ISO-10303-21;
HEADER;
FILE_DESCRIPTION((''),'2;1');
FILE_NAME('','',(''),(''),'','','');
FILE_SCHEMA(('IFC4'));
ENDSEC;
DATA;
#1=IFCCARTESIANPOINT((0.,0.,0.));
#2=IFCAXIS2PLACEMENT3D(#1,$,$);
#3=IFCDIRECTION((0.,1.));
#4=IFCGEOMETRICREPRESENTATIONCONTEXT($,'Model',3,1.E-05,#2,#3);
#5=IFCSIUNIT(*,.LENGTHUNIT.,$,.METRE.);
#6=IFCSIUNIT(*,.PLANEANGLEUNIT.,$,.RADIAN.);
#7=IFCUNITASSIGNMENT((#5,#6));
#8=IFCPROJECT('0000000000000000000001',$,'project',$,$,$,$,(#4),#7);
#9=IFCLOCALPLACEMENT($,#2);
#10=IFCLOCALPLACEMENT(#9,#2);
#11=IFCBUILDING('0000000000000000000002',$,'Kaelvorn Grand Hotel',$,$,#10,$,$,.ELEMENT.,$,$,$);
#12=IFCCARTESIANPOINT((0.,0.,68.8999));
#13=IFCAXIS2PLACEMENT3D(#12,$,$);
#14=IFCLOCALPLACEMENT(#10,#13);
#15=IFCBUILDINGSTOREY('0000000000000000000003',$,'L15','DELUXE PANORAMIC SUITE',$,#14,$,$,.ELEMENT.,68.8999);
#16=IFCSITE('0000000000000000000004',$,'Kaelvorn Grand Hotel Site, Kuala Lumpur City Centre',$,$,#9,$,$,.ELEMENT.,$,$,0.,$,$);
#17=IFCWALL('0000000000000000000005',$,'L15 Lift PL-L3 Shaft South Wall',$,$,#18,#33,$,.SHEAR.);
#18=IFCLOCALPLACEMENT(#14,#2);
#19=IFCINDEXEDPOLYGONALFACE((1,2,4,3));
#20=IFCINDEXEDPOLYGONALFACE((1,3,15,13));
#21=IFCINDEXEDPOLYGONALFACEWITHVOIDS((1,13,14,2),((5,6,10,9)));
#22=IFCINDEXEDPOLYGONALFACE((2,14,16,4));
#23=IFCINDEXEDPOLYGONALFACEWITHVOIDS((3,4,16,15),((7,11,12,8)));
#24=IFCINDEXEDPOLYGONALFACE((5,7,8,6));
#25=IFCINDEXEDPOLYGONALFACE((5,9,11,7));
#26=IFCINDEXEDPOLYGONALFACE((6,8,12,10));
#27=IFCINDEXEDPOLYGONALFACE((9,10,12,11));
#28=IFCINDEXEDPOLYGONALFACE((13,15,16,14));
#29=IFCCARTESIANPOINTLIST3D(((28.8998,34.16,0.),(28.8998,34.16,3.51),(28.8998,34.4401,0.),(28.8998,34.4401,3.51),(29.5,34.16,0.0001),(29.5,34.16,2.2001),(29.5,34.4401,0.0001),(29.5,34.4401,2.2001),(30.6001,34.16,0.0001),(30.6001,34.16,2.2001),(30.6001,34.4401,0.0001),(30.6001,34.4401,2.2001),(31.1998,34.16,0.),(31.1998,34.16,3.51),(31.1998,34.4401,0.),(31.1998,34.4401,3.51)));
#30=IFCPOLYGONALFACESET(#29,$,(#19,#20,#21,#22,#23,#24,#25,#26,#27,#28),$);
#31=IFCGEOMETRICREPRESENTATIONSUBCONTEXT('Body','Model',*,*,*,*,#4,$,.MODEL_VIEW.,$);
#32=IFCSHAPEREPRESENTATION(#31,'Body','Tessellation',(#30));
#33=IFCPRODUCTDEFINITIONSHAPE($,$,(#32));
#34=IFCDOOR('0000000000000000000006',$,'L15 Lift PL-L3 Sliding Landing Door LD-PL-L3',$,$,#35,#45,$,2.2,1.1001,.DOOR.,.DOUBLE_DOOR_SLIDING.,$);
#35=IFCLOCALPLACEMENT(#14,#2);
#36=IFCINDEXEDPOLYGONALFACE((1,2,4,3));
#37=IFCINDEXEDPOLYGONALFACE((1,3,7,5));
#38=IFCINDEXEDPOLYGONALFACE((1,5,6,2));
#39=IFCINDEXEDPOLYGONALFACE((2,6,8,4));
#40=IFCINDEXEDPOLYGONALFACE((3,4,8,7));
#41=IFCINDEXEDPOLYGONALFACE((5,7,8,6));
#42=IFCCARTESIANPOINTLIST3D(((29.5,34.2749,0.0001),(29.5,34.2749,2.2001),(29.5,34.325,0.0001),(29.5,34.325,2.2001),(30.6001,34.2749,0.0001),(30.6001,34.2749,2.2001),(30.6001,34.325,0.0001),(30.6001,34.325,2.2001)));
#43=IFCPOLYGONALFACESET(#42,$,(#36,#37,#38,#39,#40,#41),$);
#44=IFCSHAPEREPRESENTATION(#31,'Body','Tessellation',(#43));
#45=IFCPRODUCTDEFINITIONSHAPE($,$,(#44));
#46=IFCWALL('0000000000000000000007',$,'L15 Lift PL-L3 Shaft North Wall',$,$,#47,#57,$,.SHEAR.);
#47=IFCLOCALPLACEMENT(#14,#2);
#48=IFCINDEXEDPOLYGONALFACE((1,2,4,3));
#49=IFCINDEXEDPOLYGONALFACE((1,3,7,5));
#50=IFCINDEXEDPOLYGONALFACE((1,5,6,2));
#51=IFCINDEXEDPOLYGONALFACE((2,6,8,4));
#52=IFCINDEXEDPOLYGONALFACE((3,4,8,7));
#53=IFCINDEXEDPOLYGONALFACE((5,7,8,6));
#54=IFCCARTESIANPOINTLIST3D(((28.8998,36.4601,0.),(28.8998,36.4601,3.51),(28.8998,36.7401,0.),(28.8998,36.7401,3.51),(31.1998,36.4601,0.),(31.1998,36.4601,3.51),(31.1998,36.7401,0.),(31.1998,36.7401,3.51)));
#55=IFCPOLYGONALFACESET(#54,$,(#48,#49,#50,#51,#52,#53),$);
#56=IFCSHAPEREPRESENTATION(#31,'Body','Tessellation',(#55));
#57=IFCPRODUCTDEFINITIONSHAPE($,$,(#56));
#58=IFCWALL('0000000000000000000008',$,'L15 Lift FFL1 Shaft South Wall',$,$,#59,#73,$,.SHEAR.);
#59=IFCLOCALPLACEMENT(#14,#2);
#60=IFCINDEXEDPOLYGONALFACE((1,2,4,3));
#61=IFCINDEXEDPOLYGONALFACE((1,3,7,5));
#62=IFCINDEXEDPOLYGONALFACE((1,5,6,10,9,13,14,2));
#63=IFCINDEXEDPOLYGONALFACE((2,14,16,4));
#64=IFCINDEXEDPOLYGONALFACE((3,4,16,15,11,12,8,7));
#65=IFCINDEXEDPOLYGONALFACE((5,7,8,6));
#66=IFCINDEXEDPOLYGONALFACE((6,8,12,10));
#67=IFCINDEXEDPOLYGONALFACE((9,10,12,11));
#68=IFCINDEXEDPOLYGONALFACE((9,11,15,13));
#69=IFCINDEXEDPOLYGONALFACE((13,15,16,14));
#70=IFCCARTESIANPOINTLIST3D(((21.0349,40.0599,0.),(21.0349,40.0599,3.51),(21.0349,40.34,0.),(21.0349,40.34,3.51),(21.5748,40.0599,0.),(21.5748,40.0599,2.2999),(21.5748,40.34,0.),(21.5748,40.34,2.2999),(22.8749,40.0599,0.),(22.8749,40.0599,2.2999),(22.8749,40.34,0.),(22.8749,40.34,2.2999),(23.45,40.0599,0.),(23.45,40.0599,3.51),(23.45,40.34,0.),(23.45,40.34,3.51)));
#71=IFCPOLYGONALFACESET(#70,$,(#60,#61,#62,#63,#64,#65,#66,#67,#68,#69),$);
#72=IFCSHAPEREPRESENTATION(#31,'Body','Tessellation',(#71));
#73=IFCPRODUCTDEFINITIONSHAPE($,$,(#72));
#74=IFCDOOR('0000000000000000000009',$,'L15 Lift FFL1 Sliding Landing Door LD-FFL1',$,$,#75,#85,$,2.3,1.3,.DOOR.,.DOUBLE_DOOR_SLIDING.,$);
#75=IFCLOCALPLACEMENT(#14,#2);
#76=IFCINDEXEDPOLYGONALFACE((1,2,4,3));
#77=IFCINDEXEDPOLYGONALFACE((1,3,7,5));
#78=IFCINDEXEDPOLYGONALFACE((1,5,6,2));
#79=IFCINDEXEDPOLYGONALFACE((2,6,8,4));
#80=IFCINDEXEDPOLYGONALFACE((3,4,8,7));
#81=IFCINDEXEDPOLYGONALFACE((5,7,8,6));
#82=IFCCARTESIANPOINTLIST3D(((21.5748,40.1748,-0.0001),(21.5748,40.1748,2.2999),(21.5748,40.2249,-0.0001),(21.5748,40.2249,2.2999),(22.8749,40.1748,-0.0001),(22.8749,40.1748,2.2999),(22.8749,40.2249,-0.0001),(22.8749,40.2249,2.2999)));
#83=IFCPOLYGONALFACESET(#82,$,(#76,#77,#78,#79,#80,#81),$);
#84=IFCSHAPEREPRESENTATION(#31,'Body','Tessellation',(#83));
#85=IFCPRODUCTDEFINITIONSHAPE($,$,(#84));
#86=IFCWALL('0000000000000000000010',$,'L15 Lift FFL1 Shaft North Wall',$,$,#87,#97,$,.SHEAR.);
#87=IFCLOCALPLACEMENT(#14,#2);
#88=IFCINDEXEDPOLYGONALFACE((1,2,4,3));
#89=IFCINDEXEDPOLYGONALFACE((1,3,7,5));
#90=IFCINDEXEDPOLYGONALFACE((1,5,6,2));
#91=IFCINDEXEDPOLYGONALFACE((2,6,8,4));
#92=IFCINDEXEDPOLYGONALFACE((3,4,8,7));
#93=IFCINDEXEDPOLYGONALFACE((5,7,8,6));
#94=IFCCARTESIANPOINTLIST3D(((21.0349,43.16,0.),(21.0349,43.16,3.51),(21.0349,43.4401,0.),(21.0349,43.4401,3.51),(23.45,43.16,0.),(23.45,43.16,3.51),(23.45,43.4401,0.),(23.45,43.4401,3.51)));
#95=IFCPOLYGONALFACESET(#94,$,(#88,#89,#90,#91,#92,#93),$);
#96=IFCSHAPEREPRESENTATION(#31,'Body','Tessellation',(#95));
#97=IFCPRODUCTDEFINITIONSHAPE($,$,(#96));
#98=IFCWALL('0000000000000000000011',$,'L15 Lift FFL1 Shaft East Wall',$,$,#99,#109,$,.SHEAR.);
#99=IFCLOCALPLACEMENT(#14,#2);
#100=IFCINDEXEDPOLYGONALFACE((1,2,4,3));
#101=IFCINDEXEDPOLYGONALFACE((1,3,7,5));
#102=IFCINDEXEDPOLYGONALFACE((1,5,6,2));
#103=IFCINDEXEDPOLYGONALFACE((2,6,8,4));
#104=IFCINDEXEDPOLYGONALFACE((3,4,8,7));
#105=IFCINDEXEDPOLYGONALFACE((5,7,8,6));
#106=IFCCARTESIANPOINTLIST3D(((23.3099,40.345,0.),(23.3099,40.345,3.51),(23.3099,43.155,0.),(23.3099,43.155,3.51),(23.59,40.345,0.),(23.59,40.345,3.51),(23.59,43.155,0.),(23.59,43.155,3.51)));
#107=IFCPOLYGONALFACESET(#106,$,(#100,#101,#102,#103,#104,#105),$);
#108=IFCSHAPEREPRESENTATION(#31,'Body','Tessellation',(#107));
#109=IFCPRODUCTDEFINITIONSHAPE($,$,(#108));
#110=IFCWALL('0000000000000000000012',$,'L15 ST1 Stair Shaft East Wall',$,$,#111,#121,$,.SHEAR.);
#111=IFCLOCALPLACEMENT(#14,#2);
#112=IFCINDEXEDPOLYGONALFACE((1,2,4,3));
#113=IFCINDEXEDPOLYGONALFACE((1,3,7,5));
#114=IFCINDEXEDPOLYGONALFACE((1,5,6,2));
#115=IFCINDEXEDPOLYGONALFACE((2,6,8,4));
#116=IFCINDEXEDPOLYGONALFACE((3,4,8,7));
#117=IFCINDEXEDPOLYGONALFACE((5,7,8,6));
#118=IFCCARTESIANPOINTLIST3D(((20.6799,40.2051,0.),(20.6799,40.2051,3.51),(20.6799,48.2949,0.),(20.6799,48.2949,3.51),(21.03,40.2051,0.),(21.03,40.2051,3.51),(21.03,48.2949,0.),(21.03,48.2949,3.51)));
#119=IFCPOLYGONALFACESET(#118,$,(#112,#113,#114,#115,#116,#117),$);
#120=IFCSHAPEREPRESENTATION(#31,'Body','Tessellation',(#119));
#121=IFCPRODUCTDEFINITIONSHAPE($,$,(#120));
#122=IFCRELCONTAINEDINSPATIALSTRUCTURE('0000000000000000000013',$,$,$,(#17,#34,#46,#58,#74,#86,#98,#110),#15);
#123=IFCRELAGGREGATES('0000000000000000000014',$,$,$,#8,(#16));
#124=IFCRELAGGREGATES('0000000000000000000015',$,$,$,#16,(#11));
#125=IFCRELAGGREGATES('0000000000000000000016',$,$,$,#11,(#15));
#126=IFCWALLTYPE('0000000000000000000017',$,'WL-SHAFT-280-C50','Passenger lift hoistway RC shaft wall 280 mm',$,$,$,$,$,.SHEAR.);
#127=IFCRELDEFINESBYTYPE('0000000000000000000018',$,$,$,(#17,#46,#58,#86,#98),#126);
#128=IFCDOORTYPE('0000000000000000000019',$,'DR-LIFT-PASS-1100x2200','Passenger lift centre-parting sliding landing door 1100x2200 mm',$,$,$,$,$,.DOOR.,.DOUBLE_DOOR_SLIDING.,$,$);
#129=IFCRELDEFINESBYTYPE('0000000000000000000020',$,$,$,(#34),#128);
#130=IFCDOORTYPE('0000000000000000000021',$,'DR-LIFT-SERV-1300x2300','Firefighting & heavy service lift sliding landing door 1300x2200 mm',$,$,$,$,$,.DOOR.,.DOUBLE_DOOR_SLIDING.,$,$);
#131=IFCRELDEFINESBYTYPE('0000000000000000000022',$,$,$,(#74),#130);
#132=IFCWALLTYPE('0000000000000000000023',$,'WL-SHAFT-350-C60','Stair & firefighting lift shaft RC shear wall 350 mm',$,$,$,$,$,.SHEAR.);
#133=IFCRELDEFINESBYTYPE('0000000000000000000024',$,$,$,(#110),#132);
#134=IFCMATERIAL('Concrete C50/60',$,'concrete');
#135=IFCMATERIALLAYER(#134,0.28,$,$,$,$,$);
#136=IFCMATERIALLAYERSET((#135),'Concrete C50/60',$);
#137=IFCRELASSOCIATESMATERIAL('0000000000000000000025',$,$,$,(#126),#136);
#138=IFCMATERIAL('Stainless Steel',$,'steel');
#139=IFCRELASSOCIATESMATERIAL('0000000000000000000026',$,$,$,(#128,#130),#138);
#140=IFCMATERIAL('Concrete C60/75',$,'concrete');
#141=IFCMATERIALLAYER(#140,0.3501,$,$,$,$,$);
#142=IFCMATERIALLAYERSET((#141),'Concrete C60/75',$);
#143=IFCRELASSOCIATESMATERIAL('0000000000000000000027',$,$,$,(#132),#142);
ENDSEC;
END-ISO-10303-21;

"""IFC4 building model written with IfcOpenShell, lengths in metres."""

from ifc_helpers import new_model, si_unit, direction, frame, frame_2d, origin, place, context, subcontext, project, spatial, rectangle, extrude, material, layer, layer_set, type_object, element, fill, save


model = new_model("IFC4")

# Units and contexts
model_context = context("Model", 3, precision=1e-05, world=origin(), true_north=direction((0.0, 1.0)))
body_context = subcontext(model_context, "Body", "Model", "MODEL_VIEW")
ifc_project = project(units=[si_unit("LENGTHUNIT", "METRE"), si_unit("PLANEANGLEUNIT", "RADIAN")], contexts=[model_context])

# Site, building, storey
site_placement = place(None, origin())
site = spatial("IfcSite", under=ifc_project, at=site_placement, Name="Kaelvorn Grand Hotel Site, Kuala Lumpur City Centre", CompositionType="ELEMENT", RefElevation=0.0)
building_placement = place(site_placement, origin())
building = spatial("IfcBuilding", under=site, at=building_placement, Name="Kaelvorn Grand Hotel", CompositionType="ELEMENT")
storey_placement = place(building_placement, frame((0.0, 0.0, 68.8999)))
storey = spatial("IfcBuildingStorey", under=building, at=storey_placement, Name="L15", Description="DELUXE PANORAMIC SUITE", CompositionType="ELEMENT", Elevation=68.8999)

# Shared definitions
ifc_material_1 = material(Name="Concrete C60/75", Category="concrete")

# Shared definitions
ifc_material_2 = material(Name="Concrete C50/60", Category="concrete")
ifc_layer_1 = layer(ifc_material_2, 0.28)
ifc_layer_set_1 = layer_set([ifc_layer_1], Name="Concrete C50/60")
wall_type_1 = type_object("IfcWallType", Name="WL-SHAFT-280-C50", Description="Passenger lift hoistway RC shaft wall 280 mm", PredefinedType="SHEAR", material=ifc_layer_set_1)
ifc_material_3 = material(Name="Stainless Steel", Category="steel")
door_type_1 = type_object("IfcDoorType", Name="DR-LIFT-PASS-1100x2200", Description="Passenger lift centre-parting sliding landing door 1100x2200 mm", OperationType="DOUBLE_DOOR_SLIDING", PredefinedType="DOOR", material=ifc_material_3)

# Wall, opening, door
wall_1_placement = place(storey_placement, frame((28.8999, 34.3, 0.0), z_axis=(0.0, 0.0, 1.0), x_axis=(1.0, 0.0, 0.0)))
wall_1 = element("IfcWall", 1, at=wall_1_placement, inside=storey, type_object=wall_type_1, Name="L15 Lift PL-L3 Shaft South Wall", PredefinedType="SHEAR", context=body_context, shape_type="SweptSolid", body=[
    extrude(rectangle(XDim=2.3, YDim=0.28, at=frame_2d((1.1499, 0.0))), origin(), (0.0, 0.0, 1.0), 3.51),
])
opening_1_placement = place(wall_1_placement, frame((0.6001, 0.0, 0.0)))
opening_1 = element("IfcOpeningElement", 2, at=opening_1_placement, cuts=wall_1, PredefinedType="OPENING", context=body_context, shape_type="SweptSolid", body=[
    extrude(rectangle(XDim=1.1001, YDim=2.2, at=frame_2d((0.55, 1.1001))), frame((0.0, 0.1499, 0.0), z_axis=(0.0, -1.0, 0.0), x_axis=(1.0, 0.0, 0.0)), (0.0, 0.0, 1.0), 0.3),
])
door_1_placement = place(opening_1_placement, origin())
door_1 = element("IfcDoor", 3, at=door_1_placement, inside=storey, type_object=door_type_1, Name="L15 Lift PL-L3 Sliding Landing Door LD-PL-L3", OperationType="DOUBLE_DOOR_SLIDING", OverallHeight=2.2, OverallWidth=1.1001, PredefinedType="DOOR", context=body_context, shape_type="SweptSolid", body=[
    extrude(rectangle(XDim=1.1001, YDim=2.2, at=frame_2d((0.55, 1.1001))), frame((0.0, 0.0249, 0.0), z_axis=(0.0, -1.0, 0.0), x_axis=(1.0, 0.0, 0.0)), (0.0, 0.0, 1.0), 0.05),
])
fill(opening_1, door_1)

# Wall
wall_2_placement = place(storey_placement, frame((28.8999, 36.6001, 0.0), z_axis=(0.0, 0.0, 1.0), x_axis=(1.0, 0.0, 0.0)))
element("IfcWall", 4, at=wall_2_placement, inside=storey, type_object=wall_type_1, Name="L15 Lift PL-L3 Shaft North Wall", PredefinedType="SHEAR", context=body_context, shape_type="SweptSolid", body=[
    extrude(rectangle(XDim=2.3, YDim=0.28, at=frame_2d((1.1499, 0.0))), origin(), (0.0, 0.0, 1.0), 3.51),
])

# Wall, opening, door
wall_3_placement = place(storey_placement, frame((21.0349, 40.2, 0.0), z_axis=(0.0, 0.0, 1.0), x_axis=(1.0, 0.0, 0.0)))
wall_3 = element("IfcWall", 5, at=wall_3_placement, inside=storey, type_object=wall_type_1, Name="L15 Lift FFL1 Shaft South Wall", PredefinedType="SHEAR", context=body_context, shape_type="SweptSolid", body=[
    extrude(rectangle(XDim=2.415, YDim=0.28, at=frame_2d((1.2075, 0.0))), origin(), (0.0, 0.0, 1.0), 3.51),
])
opening_2_placement = place(wall_3_placement, frame((0.54, 0.0, 0.0)))
opening_2 = element("IfcOpeningElement", 6, at=opening_2_placement, cuts=wall_3, PredefinedType="OPENING", context=body_context, shape_type="SweptSolid", body=[
    extrude(rectangle(XDim=1.3, YDim=2.3, at=frame_2d((0.6499, 1.1499))), frame((0.0, 0.1499, 0.0), z_axis=(0.0, -1.0, 0.0), x_axis=(1.0, 0.0, 0.0)), (0.0, 0.0, 1.0), 0.3),
])
door_type_2 = type_object("IfcDoorType", Name="DR-LIFT-SERV-1300x2300", Description="Firefighting & heavy service lift sliding landing door 1300x2200 mm", OperationType="DOUBLE_DOOR_SLIDING", PredefinedType="DOOR", material=ifc_material_3)
door_2_placement = place(opening_2_placement, origin())
door_2 = element("IfcDoor", 7, at=door_2_placement, inside=storey, type_object=door_type_2, Name="L15 Lift FFL1 Sliding Landing Door LD-FFL1", OperationType="DOUBLE_DOOR_SLIDING", OverallHeight=2.3, OverallWidth=1.3, PredefinedType="DOOR", context=body_context, shape_type="SweptSolid", body=[
    extrude(rectangle(XDim=1.3, YDim=2.3, at=frame_2d((0.6499, 1.1499))), frame((0.0, 0.0249, 0.0), z_axis=(0.0, -1.0, 0.0), x_axis=(1.0, 0.0, 0.0)), (0.0, 0.0, 1.0), 0.05),
])
fill(opening_2, door_2)

# Walls
wall_4_placement = place(storey_placement, frame((21.0349, 43.3, 0.0), z_axis=(0.0, 0.0, 1.0), x_axis=(1.0, 0.0, 0.0)))
element("IfcWall", 8, at=wall_4_placement, inside=storey, type_object=wall_type_1, Name="L15 Lift FFL1 Shaft North Wall", PredefinedType="SHEAR", context=body_context, shape_type="SweptSolid", body=[
    extrude(rectangle(XDim=2.415, YDim=0.28, at=frame_2d((1.2075, 0.0))), origin(), (0.0, 0.0, 1.0), 3.51),
])
wall_5_placement = place(storey_placement, frame((23.45, 40.345, 0.0), z_axis=(0.0, 0.0, 1.0), x_axis=(0.0, 1.0, 0.0)))
element("IfcWall", 9, at=wall_5_placement, inside=storey, type_object=wall_type_1, Name="L15 Lift FFL1 Shaft East Wall", PredefinedType="SHEAR", context=body_context, shape_type="SweptSolid", body=[
    extrude(rectangle(XDim=2.8101, YDim=0.28, at=frame_2d((1.405, 0.0))), origin(), (0.0, 0.0, 1.0), 3.51),
])
ifc_layer_2 = layer(ifc_material_1, 0.3501)
ifc_layer_set_2 = layer_set([ifc_layer_2], Name="Concrete C60/75")
wall_type_2 = type_object("IfcWallType", Name="WL-SHAFT-350-C60", Description="Stair & firefighting lift shaft RC shear wall 350 mm", PredefinedType="SHEAR", material=ifc_layer_set_2)
wall_6_placement = place(storey_placement, frame((20.855, 40.2051, 0.0), z_axis=(0.0, 0.0, 1.0), x_axis=(0.0, 1.0, 0.0)))
element("IfcWall", 10, at=wall_6_placement, inside=storey, type_object=wall_type_2, Name="L15 ST1 Stair Shaft East Wall", PredefinedType="SHEAR", context=body_context, shape_type="SweptSolid", body=[
    extrude(rectangle(XDim=8.0898, YDim=0.3501, at=frame_2d((4.0449, 0.0))), origin(), (0.0, 0.0, 1.0), 3.51),
])

save(model, "model.ifc")
